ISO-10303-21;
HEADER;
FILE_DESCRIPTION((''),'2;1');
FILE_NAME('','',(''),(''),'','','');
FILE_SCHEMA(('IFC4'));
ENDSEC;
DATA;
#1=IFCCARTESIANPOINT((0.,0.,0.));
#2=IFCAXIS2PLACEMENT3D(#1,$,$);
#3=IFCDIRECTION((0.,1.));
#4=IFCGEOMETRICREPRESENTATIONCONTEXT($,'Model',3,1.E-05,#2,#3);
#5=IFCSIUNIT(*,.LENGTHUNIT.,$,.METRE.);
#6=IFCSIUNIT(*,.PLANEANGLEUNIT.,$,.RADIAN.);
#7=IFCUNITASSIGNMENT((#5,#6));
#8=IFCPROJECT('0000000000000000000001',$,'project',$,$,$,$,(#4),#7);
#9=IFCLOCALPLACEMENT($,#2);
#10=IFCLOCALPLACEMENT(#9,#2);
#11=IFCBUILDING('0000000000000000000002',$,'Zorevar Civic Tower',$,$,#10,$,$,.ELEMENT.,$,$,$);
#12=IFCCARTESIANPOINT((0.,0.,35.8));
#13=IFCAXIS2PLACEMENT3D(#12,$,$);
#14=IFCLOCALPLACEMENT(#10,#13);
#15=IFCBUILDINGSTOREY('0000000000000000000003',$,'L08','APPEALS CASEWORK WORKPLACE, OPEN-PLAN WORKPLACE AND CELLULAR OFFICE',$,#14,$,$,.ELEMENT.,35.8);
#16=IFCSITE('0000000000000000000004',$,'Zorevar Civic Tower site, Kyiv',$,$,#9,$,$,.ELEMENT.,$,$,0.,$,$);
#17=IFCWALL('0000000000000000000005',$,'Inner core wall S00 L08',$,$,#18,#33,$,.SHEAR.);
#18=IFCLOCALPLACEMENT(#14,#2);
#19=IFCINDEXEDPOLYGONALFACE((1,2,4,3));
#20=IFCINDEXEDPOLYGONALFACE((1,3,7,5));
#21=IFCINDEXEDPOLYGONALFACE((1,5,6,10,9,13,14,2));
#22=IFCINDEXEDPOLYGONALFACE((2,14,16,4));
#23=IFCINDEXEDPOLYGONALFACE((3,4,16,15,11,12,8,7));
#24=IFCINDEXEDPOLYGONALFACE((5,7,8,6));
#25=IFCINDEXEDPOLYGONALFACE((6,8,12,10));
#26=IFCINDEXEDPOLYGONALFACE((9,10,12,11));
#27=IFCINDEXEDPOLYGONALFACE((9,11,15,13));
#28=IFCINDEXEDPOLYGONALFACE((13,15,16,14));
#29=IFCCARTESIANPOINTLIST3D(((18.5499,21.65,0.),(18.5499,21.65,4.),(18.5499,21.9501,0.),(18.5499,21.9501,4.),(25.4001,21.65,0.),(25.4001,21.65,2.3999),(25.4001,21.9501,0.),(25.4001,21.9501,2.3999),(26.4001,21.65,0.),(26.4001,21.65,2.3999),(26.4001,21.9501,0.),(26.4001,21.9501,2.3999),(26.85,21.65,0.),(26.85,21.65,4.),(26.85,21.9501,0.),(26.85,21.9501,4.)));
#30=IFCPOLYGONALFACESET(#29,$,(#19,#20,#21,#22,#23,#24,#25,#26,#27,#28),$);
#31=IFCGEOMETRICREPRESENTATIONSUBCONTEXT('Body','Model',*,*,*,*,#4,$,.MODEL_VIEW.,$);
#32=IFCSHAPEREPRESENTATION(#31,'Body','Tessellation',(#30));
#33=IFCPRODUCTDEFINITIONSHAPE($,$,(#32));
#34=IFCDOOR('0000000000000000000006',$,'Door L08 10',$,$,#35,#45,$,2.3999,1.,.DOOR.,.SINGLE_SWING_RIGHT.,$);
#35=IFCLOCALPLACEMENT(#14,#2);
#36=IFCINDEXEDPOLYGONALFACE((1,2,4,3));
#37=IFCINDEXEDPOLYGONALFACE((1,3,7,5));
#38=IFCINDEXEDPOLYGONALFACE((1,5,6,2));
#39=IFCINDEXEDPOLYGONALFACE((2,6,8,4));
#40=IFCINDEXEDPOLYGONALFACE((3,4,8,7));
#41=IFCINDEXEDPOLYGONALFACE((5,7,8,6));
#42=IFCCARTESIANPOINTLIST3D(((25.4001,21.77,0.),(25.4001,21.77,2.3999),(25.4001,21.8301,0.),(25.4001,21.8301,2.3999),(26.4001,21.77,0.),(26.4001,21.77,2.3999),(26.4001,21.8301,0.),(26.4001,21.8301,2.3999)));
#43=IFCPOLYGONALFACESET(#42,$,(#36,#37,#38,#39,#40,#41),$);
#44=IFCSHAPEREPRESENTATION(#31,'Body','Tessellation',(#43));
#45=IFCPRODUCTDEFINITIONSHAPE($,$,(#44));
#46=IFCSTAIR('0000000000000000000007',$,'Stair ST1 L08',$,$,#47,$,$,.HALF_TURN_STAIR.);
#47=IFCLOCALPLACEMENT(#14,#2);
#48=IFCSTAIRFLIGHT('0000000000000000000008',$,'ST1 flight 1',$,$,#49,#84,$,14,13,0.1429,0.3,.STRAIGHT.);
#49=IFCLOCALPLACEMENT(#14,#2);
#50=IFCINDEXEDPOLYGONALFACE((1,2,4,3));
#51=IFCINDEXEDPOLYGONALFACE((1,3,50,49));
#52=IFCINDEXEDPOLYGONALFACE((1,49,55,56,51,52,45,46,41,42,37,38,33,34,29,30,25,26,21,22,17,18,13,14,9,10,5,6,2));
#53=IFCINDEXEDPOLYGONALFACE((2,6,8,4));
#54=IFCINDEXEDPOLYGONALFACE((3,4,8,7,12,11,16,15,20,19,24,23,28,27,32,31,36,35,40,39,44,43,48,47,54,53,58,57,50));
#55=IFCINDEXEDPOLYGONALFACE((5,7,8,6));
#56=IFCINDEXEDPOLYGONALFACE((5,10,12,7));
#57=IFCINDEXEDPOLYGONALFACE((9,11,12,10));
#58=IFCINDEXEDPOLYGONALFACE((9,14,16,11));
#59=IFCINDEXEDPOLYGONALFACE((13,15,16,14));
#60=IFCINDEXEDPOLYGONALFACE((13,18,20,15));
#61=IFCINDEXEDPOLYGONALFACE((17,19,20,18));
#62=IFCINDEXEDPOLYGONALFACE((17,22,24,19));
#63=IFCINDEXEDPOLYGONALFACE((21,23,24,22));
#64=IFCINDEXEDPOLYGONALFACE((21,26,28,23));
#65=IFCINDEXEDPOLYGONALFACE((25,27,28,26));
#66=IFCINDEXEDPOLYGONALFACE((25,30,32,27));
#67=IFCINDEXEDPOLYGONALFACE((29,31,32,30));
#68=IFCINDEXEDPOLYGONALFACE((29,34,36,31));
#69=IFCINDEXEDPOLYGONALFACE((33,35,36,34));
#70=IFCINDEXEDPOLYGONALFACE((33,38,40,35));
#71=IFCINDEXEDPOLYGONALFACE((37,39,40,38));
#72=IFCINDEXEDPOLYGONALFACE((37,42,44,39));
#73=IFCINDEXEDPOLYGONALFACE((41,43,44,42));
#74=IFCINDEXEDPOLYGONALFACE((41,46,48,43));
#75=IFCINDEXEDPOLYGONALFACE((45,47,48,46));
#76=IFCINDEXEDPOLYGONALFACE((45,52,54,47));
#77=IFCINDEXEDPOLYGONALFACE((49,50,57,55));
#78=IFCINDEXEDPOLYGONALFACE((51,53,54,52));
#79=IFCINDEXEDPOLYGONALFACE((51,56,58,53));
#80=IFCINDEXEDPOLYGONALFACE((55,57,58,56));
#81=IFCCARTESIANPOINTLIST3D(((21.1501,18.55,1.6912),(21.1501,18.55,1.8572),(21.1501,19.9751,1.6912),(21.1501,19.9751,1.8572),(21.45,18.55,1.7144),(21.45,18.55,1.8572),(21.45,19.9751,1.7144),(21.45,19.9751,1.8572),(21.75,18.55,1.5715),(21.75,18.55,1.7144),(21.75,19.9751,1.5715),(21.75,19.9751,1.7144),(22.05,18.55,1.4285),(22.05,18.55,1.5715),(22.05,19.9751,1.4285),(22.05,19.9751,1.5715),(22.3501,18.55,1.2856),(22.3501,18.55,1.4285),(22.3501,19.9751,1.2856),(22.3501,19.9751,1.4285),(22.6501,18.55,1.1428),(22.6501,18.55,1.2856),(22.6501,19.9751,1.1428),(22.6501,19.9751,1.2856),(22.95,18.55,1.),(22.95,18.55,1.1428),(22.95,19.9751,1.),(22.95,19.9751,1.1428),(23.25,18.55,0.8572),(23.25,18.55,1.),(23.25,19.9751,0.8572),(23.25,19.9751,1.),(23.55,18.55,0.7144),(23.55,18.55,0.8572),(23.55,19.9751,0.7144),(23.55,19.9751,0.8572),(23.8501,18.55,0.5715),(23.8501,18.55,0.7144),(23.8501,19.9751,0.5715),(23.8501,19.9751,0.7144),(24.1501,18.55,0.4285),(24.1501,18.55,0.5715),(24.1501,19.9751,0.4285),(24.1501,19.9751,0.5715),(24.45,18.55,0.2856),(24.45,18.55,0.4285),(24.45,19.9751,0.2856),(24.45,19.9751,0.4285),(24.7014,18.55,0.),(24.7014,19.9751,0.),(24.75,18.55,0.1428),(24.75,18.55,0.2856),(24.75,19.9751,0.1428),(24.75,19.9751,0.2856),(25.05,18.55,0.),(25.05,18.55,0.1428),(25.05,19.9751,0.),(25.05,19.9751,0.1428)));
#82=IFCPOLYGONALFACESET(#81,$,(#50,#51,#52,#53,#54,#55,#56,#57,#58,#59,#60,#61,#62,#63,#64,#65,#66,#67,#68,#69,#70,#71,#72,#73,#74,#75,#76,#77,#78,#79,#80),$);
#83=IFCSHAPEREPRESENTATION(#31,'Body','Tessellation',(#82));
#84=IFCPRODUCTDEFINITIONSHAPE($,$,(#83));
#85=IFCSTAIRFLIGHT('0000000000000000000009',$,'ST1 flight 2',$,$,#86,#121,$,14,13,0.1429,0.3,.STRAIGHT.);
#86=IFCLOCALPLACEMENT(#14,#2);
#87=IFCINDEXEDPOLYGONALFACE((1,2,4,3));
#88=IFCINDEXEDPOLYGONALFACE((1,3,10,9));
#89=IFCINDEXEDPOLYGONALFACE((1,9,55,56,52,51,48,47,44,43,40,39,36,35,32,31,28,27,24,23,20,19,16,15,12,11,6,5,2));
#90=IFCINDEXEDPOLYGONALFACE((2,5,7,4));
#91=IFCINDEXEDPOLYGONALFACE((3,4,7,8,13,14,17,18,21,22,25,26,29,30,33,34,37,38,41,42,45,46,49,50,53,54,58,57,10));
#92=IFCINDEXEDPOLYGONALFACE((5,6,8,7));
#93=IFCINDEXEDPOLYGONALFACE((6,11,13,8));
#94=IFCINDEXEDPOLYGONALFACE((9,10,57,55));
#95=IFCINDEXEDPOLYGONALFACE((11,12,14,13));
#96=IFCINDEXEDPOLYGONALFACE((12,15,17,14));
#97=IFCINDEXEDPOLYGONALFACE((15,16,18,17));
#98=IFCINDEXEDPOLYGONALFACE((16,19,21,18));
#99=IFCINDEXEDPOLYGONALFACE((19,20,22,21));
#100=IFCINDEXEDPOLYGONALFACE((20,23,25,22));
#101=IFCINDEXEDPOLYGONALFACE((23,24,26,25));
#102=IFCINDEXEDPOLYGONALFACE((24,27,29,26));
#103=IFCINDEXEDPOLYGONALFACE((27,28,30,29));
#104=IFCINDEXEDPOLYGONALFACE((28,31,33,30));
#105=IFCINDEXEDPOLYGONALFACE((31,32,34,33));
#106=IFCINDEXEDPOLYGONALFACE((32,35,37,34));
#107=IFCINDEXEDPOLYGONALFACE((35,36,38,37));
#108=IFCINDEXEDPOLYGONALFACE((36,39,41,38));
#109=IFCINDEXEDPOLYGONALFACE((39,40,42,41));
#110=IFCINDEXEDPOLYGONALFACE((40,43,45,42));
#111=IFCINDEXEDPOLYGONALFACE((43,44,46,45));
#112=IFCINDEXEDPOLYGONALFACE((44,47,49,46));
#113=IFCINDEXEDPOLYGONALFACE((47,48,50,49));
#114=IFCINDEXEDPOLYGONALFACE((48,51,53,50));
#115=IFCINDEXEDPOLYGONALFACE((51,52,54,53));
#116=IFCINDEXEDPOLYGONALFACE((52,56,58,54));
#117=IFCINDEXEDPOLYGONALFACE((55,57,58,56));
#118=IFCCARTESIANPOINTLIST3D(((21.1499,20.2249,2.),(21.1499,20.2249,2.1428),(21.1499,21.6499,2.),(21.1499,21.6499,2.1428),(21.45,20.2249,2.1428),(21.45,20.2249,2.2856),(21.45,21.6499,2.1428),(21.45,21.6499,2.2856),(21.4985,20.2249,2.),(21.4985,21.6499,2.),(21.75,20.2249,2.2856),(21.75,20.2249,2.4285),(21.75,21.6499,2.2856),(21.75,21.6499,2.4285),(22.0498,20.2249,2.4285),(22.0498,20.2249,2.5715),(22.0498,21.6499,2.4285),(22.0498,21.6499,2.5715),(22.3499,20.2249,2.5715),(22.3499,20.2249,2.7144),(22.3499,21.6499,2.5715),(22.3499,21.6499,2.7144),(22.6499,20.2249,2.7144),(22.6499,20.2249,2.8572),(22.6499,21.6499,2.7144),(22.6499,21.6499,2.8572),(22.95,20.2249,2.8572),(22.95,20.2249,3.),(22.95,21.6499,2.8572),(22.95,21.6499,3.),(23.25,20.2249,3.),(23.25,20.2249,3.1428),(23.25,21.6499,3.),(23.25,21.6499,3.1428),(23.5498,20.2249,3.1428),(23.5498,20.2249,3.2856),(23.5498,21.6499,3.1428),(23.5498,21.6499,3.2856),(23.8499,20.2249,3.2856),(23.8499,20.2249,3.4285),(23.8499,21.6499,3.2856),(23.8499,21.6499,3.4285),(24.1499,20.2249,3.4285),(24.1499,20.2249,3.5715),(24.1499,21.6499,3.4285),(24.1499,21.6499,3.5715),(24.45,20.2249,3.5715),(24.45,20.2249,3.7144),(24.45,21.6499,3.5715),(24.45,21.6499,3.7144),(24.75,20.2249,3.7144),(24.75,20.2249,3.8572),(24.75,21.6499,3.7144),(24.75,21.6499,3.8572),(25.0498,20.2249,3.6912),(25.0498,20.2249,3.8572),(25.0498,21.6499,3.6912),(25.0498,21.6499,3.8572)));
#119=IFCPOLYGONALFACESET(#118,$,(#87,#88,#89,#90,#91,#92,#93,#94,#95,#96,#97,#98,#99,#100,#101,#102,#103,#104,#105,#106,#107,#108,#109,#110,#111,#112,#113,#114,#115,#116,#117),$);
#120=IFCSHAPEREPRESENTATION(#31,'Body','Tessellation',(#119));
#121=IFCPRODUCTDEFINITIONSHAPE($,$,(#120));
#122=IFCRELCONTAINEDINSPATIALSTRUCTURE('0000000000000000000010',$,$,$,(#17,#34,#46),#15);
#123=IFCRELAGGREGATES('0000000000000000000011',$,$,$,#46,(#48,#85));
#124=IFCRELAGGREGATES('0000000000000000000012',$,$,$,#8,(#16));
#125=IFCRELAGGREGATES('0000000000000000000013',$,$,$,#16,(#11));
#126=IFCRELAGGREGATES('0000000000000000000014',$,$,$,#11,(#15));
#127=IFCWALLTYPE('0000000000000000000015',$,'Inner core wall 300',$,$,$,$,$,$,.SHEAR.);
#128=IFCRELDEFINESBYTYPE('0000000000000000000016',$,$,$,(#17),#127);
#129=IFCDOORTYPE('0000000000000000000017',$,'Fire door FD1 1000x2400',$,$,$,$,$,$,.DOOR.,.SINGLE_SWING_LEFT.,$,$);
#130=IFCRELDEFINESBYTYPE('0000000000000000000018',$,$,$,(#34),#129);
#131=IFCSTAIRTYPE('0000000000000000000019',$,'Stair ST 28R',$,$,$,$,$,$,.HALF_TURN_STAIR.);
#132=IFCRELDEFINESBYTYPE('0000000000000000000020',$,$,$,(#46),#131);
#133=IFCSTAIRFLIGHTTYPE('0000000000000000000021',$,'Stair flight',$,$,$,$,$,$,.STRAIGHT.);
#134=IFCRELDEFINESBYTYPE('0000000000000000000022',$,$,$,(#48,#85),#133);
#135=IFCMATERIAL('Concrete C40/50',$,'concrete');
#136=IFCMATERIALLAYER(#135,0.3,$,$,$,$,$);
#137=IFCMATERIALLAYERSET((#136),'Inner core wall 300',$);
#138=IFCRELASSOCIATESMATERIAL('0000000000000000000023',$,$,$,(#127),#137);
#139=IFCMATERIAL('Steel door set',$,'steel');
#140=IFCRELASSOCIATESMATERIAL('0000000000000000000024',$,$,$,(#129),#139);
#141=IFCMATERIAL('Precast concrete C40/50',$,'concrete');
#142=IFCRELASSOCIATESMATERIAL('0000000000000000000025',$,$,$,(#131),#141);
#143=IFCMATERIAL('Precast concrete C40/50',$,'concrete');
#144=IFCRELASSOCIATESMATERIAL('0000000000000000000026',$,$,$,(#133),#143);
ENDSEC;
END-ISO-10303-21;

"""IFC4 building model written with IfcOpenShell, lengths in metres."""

from ifc_helpers import new_model, si_unit, direction, frame, frame_2d, origin, place, context, subcontext, project, spatial, polyline, rectangle, outline, extrude, material, layer, layer_set, type_object, element, fill, aggregate, save


model = new_model("IFC4")

# Units and contexts
model_context = context("Model", 3, precision=1e-05, world=origin(), true_north=direction((0.0, 1.0)))
body_context = subcontext(model_context, "Body", "Model", "MODEL_VIEW")
ifc_project = project(units=[si_unit("LENGTHUNIT", "METRE"), si_unit("PLANEANGLEUNIT", "RADIAN")], contexts=[model_context])

# Site, building, storey
site_placement = place(None, origin())
site = spatial("IfcSite", under=ifc_project, at=site_placement, Name="Zorevar Civic Tower site, Kyiv", CompositionType="ELEMENT", RefElevation=0.0)
building_placement = place(site_placement, origin())
building = spatial("IfcBuilding", under=site, at=building_placement, Name="Zorevar Civic Tower", CompositionType="ELEMENT")
storey_placement = place(building_placement, frame((0.0, 0.0, 35.8)))
storey = spatial("IfcBuildingStorey", under=building, at=storey_placement, Name="L08", Description="APPEALS CASEWORK WORKPLACE, OPEN-PLAN WORKPLACE AND CELLULAR OFFICE", CompositionType="ELEMENT", Elevation=35.8)

# Wall, opening, door
ifc_material_1 = material(Name="Concrete C40/50", Category="concrete")
ifc_layer_1 = layer(ifc_material_1, 0.3)
ifc_layer_set_1 = layer_set([ifc_layer_1], Name="Inner core wall 300")
wall_type_1 = type_object("IfcWallType", Name="Inner core wall 300", PredefinedType="SHEAR", material=ifc_layer_set_1)
wall_1_placement = place(storey_placement, frame((18.55, 21.8, 0.0), z_axis=(0.0, 0.0, 1.0), x_axis=(1.0, 0.0, 0.0)))
wall_1 = element("IfcWall", 1, at=wall_1_placement, inside=storey, type_object=wall_type_1, Name="Inner core wall S00 L08", PredefinedType="SHEAR", context=body_context, shape_type="SweptSolid", body=[
    extrude(rectangle(XDim=8.3, YDim=0.3, at=frame_2d((4.1499, 0.0))), origin(), (0.0, 0.0, 1.0), 4.0),
])
opening_1_placement = place(wall_1_placement, frame((6.8501, 0.0, 0.0)))
opening_1 = element("IfcOpeningElement", 2, at=opening_1_placement, cuts=wall_1, PredefinedType="OPENING", context=body_context, shape_type="SweptSolid", body=[
    extrude(rectangle(XDim=1.0, YDim=2.3999, at=frame_2d((0.5, 1.2))), frame((0.0, 0.1599, 0.0), z_axis=(0.0, -1.0, 0.0), x_axis=(1.0, 0.0, 0.0)), (0.0, 0.0, 1.0), 0.3201),
])
ifc_material_2 = material(Name="Steel door set", Category="steel")
door_type_1 = type_object("IfcDoorType", Name="Fire door FD1 1000x2400", OperationType="SINGLE_SWING_LEFT", PredefinedType="DOOR", material=ifc_material_2)
door_1_placement = place(opening_1_placement, origin())
door_1 = element("IfcDoor", 3, at=door_1_placement, inside=storey, type_object=door_type_1, Name="Door L08 10", OperationType="SINGLE_SWING_RIGHT", OverallHeight=2.3999, OverallWidth=1.0, PredefinedType="DOOR", context=body_context, shape_type="SweptSolid", body=[
    extrude(rectangle(XDim=1.0, YDim=2.3999, at=frame_2d((0.5, 1.2))), frame((0.0, 0.03, 0.0), z_axis=(0.0, -1.0, 0.0), x_axis=(1.0, 0.0, 0.0)), (0.0, 0.0, 1.0), 0.0601),
])
fill(opening_1, door_1)

# Stair, stair flights
ifc_material_3 = material(Name="Precast concrete C40/50", Category="concrete")
stair_type = type_object("IfcStairType", Name="Stair ST 28R", PredefinedType="HALF_TURN_STAIR", material=ifc_material_3)
stair_placement = place(storey_placement, origin())
stair = element("IfcStair", 4, at=stair_placement, inside=storey, type_object=stair_type, Name="Stair ST1 L08", PredefinedType="HALF_TURN_STAIR")
ifc_material_4 = material(Name="Precast concrete C40/50", Category="concrete")
stair_flight_type = type_object("IfcStairFlightType", Name="Stair flight", PredefinedType="STRAIGHT", material=ifc_material_4)
stair_flight_1_placement = place(storey_placement, frame((25.05, 19.2625, 0.0), z_axis=(0.0, 0.0, 1.0), x_axis=(-1.0, 0.0, 0.0)))
stair_flight_1 = element("IfcStairFlight", 5, at=stair_flight_1_placement, type_object=stair_flight_type, Name="ST1 flight 1", NumberOfRisers=14, NumberOfTreads=13, PredefinedType="STRAIGHT", RiserHeight=0.1429, TreadLength=0.3, context=body_context, shape_type="SweptSolid", body=[
    extrude(outline(polyline([(0.0, 0.0), (0.0, 0.1428), (0.3, 0.1428), (0.3, 0.2856), (0.6001, 0.2856), (0.6001, 0.4285), (0.8999, 0.4285), (0.8999, 0.5715), (1.2, 0.5715), (1.2, 0.7144), (1.5, 0.7144), (1.5, 0.8572), (1.8, 0.8572), (1.8, 1.0), (2.1001, 1.0), (2.1001, 1.1428), (2.3999, 1.1428), (2.3999, 1.2856), (2.7, 1.2856), (2.7, 1.4285), (3.0, 1.4285), (3.0, 1.5715), (3.3, 1.5715), (3.3, 1.7144), (3.6001, 1.7144), (3.6001, 1.8572), (3.8999, 1.8572), (3.8999, 2.0), (3.8999, 1.6912), (0.3486, 0.0), (0.0, 0.0)])), frame((0.0, 0.7124, 0.0), z_axis=(0.0, -1.0, 0.0), x_axis=(1.0, 0.0, 0.0)), (0.0, 0.0, 1.0), 1.425),
])
stair_flight_2_placement = place(storey_placement, frame((21.1499, 20.9375, 2.0), z_axis=(0.0, 0.0, 1.0), x_axis=(1.0, 0.0, 0.0)))
stair_flight_2 = element("IfcStairFlight", 6, at=stair_flight_2_placement, type_object=stair_flight_type, Name="ST1 flight 2", NumberOfRisers=14, NumberOfTreads=13, PredefinedType="STRAIGHT", RiserHeight=0.1429, TreadLength=0.3, context=body_context, shape_type="SweptSolid", body=[
    extrude(outline(polyline([(0.0, 0.0), (0.0, 0.1428), (0.3, 0.1428), (0.3, 0.2856), (0.6001, 0.2856), (0.6001, 0.4285), (0.8999, 0.4285), (0.8999, 0.5715), (1.2, 0.5715), (1.2, 0.7144), (1.5, 0.7144), (1.5, 0.8572), (1.8, 0.8572), (1.8, 1.0), (2.1001, 1.0), (2.1001, 1.1428), (2.3999, 1.1428), (2.3999, 1.2856), (2.7, 1.2856), (2.7, 1.4285), (3.0, 1.4285), (3.0, 1.5715), (3.3, 1.5715), (3.3, 1.7144), (3.6001, 1.7144), (3.6001, 1.8572), (3.8999, 1.8572), (3.8999, 2.0), (3.8999, 1.6912), (0.3486, 0.0), (0.0, 0.0)])), frame((0.0, 0.7124, 0.0), z_axis=(0.0, -1.0, 0.0), x_axis=(1.0, 0.0, 0.0)), (0.0, 0.0, 1.0), 1.425),
])
aggregate(stair, [stair_flight_1, stair_flight_2])

save(model, "model.ifc")
